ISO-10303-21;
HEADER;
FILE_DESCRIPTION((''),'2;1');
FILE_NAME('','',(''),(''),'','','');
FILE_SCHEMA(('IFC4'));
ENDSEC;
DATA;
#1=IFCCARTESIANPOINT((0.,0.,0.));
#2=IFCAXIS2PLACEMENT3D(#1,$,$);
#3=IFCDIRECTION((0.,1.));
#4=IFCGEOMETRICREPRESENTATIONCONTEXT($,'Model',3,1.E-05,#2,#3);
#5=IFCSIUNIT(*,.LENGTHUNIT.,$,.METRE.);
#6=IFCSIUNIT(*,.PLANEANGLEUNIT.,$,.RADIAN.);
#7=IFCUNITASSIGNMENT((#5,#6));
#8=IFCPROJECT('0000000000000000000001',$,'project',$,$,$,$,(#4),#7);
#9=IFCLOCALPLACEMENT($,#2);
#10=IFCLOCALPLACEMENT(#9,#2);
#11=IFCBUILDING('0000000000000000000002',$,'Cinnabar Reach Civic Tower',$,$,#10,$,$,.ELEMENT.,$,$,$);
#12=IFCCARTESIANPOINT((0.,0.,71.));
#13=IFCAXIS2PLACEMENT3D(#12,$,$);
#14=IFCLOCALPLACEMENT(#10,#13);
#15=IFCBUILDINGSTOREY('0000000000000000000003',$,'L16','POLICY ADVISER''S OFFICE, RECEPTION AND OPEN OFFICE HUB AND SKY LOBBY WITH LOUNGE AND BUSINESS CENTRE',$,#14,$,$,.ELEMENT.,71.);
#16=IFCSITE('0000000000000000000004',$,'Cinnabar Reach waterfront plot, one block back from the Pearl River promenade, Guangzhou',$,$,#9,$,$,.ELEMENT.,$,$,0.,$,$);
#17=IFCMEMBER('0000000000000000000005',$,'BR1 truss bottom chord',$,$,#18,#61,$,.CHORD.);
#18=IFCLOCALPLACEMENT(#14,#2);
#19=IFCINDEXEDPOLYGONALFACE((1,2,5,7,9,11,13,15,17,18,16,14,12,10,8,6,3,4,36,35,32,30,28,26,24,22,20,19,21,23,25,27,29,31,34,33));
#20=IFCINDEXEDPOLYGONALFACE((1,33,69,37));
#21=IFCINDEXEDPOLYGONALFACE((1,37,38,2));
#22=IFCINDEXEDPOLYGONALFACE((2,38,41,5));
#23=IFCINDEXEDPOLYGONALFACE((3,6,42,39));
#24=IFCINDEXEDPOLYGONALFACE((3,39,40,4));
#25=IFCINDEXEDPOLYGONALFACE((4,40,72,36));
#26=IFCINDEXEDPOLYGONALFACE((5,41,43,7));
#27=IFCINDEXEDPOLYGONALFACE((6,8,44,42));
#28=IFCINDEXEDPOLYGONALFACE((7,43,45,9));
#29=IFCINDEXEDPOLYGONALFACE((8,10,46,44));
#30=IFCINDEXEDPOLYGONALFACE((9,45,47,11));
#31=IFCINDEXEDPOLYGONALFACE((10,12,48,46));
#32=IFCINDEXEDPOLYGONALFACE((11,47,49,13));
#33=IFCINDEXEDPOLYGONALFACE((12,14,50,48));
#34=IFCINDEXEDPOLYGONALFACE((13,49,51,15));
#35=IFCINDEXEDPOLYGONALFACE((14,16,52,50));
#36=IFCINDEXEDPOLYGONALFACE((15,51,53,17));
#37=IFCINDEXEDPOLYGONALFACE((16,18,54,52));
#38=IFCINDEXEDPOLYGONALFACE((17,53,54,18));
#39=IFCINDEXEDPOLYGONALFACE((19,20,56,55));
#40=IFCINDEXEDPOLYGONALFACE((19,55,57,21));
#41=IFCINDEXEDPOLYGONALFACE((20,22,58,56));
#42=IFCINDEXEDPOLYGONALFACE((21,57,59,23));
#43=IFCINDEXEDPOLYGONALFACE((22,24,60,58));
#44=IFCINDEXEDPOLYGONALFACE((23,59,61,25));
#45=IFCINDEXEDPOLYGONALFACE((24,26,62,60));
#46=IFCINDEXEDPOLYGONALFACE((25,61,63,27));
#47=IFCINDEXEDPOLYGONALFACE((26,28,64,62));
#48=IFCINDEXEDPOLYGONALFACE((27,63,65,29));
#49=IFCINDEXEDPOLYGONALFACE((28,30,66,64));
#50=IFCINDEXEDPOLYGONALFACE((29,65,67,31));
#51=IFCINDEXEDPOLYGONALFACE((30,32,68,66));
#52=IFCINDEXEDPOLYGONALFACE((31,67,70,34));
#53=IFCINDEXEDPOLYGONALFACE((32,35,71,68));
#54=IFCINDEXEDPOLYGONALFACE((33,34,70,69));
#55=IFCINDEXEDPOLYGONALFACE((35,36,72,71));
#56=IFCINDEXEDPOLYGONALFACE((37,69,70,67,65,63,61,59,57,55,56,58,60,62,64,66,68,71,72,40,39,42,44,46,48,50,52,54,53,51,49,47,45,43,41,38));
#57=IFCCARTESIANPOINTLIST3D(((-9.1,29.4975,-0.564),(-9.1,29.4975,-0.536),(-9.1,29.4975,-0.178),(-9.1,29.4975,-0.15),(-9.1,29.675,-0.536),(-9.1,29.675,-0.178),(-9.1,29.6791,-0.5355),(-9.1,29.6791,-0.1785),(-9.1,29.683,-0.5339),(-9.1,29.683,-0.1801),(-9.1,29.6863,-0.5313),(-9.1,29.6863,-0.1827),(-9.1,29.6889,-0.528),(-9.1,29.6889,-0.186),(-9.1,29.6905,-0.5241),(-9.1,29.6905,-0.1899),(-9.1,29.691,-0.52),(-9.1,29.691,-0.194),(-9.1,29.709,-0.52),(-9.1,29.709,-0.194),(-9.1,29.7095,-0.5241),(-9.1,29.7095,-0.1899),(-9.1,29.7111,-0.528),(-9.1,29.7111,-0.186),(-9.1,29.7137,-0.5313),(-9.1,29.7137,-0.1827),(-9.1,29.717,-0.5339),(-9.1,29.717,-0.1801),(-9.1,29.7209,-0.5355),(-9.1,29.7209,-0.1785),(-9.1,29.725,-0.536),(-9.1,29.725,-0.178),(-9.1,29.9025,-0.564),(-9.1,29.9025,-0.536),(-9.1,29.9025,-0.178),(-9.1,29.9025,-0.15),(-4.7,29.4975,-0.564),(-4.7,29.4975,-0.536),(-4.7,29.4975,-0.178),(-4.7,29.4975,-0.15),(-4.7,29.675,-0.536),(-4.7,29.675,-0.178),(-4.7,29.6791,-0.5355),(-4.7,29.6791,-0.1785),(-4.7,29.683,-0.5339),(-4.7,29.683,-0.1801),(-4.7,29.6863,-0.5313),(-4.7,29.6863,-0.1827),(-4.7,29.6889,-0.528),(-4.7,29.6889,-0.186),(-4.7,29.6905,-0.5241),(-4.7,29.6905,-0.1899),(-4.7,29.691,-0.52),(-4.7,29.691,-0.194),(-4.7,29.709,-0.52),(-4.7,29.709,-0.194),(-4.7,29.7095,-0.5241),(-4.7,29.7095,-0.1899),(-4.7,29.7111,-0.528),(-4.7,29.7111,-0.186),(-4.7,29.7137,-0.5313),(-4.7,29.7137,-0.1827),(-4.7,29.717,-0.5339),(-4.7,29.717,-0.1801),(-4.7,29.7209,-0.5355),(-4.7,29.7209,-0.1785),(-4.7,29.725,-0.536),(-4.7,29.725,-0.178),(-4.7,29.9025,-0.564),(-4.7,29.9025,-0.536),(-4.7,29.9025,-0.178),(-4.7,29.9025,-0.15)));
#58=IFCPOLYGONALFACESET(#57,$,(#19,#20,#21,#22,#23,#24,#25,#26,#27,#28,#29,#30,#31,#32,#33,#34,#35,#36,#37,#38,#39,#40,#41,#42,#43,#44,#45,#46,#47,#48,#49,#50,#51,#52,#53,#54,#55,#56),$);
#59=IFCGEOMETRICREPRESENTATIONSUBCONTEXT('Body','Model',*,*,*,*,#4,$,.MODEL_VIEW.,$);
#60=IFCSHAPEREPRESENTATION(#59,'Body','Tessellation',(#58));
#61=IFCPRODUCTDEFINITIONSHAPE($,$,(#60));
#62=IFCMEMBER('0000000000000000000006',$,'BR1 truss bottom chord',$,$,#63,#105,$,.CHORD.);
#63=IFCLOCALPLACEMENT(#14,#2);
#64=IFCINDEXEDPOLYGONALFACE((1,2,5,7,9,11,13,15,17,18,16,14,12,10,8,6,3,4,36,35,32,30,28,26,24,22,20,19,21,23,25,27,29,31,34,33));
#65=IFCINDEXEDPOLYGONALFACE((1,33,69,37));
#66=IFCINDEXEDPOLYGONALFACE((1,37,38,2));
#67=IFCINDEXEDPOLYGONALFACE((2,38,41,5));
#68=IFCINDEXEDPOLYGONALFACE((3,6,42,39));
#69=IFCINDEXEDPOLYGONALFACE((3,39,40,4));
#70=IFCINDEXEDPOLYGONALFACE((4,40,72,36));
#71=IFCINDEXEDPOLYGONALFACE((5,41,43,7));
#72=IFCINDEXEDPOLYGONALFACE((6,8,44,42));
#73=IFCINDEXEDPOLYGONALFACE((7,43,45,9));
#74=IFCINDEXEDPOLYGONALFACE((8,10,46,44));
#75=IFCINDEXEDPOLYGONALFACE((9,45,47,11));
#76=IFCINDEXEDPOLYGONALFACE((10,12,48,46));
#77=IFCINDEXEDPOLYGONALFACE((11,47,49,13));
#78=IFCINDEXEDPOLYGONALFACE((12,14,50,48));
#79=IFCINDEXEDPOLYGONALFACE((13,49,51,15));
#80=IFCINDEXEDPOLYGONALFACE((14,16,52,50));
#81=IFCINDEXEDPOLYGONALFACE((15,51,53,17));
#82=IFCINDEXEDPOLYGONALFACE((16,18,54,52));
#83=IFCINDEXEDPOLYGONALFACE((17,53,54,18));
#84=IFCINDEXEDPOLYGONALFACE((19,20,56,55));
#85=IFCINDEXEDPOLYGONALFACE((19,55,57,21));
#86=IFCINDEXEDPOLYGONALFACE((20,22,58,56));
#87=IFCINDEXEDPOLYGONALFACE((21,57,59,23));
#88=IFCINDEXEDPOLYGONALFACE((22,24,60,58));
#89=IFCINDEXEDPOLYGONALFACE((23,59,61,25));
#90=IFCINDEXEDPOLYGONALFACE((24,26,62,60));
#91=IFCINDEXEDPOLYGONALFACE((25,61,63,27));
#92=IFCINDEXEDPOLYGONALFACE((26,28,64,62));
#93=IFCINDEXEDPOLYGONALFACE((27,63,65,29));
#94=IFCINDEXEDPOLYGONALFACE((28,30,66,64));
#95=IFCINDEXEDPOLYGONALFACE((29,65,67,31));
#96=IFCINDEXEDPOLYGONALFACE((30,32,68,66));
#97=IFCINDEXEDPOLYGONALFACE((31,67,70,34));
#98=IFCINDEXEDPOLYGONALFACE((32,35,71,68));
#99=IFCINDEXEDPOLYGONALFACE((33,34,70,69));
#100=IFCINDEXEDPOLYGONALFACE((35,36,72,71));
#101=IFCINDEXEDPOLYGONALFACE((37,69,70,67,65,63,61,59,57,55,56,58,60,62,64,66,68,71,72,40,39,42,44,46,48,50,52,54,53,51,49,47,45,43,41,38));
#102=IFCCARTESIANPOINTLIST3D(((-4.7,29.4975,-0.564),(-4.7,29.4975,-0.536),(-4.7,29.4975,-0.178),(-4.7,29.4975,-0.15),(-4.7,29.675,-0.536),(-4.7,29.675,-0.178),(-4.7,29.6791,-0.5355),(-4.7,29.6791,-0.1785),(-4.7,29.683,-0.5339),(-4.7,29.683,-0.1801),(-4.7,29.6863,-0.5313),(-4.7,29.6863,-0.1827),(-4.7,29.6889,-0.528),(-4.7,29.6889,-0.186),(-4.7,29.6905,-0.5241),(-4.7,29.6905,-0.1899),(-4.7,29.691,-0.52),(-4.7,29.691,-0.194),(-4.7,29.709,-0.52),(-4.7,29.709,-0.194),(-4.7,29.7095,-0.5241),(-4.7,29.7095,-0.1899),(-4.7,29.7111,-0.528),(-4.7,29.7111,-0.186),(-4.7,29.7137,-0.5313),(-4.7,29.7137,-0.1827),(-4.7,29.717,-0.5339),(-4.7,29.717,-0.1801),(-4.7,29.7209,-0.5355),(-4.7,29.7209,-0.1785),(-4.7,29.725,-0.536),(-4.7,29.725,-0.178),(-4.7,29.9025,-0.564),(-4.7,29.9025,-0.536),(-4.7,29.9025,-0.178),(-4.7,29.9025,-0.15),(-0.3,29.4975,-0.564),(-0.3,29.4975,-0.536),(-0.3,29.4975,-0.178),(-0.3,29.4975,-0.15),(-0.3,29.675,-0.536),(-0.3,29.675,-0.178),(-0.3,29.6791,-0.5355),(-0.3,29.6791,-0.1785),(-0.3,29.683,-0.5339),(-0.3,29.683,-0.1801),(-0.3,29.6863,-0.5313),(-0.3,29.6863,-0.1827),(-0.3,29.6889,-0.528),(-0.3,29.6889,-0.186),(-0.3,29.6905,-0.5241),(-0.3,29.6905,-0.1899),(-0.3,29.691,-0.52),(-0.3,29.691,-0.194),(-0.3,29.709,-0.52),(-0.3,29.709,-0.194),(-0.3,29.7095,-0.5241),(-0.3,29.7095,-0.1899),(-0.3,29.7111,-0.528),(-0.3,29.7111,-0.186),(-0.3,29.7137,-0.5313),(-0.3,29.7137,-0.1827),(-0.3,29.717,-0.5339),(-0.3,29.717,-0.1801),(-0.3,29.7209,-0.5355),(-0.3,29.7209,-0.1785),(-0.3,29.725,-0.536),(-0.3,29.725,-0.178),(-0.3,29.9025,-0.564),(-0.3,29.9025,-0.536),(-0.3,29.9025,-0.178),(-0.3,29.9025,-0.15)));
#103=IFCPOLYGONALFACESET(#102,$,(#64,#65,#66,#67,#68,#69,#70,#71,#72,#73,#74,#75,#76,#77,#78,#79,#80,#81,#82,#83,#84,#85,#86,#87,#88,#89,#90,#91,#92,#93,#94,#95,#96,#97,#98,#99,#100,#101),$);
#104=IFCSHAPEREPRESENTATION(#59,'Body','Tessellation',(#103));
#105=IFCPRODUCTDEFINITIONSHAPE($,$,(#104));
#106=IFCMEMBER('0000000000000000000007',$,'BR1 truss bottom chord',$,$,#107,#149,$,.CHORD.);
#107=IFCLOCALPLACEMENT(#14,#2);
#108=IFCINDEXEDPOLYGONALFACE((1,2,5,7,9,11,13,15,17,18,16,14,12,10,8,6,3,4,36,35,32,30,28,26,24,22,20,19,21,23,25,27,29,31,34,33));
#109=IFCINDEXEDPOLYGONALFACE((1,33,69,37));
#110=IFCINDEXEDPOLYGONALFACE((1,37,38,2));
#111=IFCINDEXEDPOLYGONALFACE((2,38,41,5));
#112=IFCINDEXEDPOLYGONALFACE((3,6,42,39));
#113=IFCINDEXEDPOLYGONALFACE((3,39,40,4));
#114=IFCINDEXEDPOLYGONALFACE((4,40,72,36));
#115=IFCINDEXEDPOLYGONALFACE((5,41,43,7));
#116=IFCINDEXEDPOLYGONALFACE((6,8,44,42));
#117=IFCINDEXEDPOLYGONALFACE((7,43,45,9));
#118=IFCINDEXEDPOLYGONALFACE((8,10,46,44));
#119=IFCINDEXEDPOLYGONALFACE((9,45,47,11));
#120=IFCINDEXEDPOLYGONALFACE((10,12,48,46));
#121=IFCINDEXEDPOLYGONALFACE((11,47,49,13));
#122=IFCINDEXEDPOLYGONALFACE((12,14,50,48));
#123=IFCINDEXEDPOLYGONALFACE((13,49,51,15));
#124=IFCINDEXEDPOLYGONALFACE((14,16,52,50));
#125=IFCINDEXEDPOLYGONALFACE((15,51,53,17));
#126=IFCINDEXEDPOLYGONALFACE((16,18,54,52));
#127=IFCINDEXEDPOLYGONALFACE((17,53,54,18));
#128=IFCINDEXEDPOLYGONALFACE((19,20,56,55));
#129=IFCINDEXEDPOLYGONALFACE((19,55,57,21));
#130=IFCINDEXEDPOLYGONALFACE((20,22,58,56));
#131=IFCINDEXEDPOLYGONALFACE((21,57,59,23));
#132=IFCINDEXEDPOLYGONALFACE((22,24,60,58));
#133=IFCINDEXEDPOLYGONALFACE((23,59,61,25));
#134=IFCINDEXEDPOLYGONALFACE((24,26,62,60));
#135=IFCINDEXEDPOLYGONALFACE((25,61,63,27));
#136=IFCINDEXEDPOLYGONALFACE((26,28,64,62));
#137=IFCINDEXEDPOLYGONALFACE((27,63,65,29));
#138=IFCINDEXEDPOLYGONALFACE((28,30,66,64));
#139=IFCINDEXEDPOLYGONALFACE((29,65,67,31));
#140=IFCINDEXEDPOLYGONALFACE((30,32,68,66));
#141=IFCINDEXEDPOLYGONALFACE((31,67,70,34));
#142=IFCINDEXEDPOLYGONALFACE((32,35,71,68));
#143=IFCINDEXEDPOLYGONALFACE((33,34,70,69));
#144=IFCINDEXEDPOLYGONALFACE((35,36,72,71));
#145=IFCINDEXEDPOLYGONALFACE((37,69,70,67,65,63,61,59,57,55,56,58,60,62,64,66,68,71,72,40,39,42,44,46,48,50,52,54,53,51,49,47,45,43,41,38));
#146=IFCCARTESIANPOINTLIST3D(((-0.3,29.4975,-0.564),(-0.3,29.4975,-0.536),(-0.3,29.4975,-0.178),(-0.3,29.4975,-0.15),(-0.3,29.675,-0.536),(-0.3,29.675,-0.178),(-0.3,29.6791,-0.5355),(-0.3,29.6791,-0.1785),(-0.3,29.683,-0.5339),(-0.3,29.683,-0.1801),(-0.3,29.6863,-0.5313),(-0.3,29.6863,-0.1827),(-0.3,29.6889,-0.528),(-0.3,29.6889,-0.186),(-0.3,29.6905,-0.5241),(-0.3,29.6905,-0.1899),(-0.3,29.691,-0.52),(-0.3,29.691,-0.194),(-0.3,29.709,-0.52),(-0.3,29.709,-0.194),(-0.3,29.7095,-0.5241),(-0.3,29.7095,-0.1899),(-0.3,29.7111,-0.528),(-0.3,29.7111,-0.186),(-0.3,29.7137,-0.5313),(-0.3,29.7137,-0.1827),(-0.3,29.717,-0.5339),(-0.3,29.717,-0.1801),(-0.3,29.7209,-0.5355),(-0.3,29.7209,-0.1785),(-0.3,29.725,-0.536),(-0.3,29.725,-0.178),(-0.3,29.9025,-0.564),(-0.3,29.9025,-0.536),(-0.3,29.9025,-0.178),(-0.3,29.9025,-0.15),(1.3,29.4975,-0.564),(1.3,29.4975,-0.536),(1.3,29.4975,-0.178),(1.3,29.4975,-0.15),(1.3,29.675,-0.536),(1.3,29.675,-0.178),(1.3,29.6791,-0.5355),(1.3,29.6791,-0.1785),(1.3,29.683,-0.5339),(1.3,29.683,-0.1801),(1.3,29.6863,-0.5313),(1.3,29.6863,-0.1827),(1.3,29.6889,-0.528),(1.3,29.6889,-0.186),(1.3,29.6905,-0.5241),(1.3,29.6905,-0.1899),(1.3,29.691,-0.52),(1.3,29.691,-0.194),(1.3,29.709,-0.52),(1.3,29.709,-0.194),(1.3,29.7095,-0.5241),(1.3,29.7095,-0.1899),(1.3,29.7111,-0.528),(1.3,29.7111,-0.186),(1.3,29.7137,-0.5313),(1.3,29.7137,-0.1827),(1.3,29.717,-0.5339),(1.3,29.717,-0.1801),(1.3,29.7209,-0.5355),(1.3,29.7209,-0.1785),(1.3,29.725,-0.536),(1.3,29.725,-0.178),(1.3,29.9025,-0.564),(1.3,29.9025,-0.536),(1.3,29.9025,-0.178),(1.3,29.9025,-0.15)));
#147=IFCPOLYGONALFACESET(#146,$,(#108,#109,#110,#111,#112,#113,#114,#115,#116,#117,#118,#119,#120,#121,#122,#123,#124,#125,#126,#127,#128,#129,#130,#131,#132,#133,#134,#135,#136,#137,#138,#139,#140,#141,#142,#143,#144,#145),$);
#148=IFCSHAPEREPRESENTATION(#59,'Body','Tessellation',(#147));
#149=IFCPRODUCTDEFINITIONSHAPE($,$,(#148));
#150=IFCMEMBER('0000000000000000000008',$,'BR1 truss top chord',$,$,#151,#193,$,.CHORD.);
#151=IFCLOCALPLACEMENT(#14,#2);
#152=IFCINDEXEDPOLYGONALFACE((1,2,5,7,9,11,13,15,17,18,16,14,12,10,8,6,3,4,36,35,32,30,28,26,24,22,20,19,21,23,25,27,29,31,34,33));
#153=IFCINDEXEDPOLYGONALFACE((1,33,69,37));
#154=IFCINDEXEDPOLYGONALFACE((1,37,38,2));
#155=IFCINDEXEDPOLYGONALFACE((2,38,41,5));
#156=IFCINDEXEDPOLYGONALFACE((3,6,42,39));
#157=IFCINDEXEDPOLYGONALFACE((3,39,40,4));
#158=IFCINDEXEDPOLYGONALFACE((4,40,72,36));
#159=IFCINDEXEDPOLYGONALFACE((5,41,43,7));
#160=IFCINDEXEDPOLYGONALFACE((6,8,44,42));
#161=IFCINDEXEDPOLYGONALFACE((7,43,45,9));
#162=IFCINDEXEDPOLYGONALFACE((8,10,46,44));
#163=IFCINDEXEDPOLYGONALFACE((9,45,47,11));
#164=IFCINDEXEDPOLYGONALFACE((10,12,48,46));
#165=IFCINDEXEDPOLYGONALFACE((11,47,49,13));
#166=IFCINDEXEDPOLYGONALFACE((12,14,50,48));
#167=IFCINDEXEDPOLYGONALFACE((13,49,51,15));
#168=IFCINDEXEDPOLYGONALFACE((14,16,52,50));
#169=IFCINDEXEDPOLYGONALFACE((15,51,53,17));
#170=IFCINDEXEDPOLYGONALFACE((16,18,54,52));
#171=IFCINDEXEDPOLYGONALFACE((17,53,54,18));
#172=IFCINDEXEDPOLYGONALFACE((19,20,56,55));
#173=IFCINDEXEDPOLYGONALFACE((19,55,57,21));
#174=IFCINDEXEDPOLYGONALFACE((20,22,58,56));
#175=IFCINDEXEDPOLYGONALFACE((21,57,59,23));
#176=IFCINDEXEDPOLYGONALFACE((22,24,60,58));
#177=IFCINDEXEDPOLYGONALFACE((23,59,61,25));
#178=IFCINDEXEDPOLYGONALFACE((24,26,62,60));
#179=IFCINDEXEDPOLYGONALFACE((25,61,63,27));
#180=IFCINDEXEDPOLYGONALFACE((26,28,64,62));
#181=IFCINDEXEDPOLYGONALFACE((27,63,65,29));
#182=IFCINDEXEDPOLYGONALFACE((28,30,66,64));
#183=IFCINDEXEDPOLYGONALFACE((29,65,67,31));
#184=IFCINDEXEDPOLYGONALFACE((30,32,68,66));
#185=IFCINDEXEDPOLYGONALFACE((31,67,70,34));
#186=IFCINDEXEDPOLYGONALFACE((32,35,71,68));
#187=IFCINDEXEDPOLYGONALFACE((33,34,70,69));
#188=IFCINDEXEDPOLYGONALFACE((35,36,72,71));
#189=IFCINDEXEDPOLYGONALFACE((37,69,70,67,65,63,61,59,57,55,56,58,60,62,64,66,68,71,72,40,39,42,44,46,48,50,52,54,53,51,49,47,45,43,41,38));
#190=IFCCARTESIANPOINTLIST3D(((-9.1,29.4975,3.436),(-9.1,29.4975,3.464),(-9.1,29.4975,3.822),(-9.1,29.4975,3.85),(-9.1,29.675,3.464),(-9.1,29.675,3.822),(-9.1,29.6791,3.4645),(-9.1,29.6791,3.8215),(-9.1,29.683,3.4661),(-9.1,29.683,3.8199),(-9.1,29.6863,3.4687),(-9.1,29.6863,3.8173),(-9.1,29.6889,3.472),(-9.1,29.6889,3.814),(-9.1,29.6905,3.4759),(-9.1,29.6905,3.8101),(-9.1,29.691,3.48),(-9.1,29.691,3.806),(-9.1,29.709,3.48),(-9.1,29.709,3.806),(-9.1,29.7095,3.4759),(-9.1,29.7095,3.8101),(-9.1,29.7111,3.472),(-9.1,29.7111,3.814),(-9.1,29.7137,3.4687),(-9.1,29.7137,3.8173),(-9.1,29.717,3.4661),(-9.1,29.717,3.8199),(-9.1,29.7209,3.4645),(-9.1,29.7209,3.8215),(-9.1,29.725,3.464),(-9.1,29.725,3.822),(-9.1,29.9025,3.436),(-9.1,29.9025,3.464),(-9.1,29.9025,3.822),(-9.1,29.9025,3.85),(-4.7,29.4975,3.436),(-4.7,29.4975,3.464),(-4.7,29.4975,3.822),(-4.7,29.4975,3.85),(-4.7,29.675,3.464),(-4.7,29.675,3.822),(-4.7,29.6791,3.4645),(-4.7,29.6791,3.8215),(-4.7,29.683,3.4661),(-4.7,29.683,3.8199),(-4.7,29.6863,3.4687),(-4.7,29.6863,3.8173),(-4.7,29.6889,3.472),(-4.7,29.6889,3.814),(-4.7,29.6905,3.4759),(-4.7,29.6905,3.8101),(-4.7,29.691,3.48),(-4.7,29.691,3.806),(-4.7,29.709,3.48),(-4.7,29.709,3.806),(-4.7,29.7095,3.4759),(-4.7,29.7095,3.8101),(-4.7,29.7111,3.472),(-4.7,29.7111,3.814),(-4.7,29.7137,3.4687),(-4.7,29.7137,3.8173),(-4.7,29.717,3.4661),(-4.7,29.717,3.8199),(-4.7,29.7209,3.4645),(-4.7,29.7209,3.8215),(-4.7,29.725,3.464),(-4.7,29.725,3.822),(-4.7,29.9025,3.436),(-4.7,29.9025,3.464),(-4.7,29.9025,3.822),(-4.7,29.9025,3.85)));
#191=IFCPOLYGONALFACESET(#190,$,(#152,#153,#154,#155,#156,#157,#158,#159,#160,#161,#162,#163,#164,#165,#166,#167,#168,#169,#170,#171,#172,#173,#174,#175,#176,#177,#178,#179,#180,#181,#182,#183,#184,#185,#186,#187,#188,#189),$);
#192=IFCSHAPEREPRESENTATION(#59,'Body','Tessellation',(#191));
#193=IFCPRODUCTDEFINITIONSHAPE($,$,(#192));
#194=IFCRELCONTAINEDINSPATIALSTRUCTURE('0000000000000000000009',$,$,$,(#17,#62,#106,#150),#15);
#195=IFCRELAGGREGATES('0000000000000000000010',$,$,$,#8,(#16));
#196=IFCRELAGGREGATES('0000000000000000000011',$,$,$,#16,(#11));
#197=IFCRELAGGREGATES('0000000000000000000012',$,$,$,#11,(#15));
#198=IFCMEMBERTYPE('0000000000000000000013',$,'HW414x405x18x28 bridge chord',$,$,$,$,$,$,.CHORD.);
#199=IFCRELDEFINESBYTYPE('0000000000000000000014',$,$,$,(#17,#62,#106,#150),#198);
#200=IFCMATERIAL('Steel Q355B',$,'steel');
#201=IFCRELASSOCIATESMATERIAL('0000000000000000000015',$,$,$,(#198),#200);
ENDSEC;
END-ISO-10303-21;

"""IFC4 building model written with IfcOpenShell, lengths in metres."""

from ifc_helpers import new_model, si_unit, direction, frame, origin, origin_2d, place, context, subcontext, project, spatial, i_section, extrude, material, material_profile, profile_set, type_object, element, save


model = new_model("IFC4")

# Units and contexts
model_context = context("Model", 3, precision=1e-05, world=origin(), true_north=direction((0.0, 1.0)))
body_context = subcontext(model_context, "Body", "Model", "MODEL_VIEW")
ifc_project = project(units=[si_unit("LENGTHUNIT", "METRE"), si_unit("PLANEANGLEUNIT", "RADIAN")], contexts=[model_context])

# Site, building, storey
site_placement = place(None, origin())
site = spatial("IfcSite", under=ifc_project, at=site_placement, Name="Cinnabar Reach waterfront plot, one block back from the Pearl River promenade, Guangzhou", CompositionType="ELEMENT", RefElevation=0.0)
building_placement = place(site_placement, origin())
building = spatial("IfcBuilding", under=site, at=building_placement, Name="Cinnabar Reach Civic Tower", CompositionType="ELEMENT")
storey_placement = place(building_placement, frame((0.0, 0.0, 71.0)))
storey = spatial("IfcBuildingStorey", under=building, at=storey_placement, Name="L16", Description="POLICY ADVISER'S OFFICE, RECEPTION AND OPEN OFFICE HUB AND SKY LOBBY WITH LOUNGE AND BUSINESS CENTRE", CompositionType="ELEMENT", Elevation=71.0)

# Shared definitions
ifc_material_1 = material(Name="Steel Q355B", Category="steel")

# Members
ifc_material_profile_1 = material_profile(ifc_material_1, i_section(OverallWidth=0.405, OverallDepth=0.414, WebThickness=0.018, FlangeThickness=0.028, FilletRadius=0.016, at=origin_2d()), Name="HW414x405x18x28")
ifc_profile_set_1 = profile_set([ifc_material_profile_1], Name="Steel Q355B")
member_type_1 = type_object("IfcMemberType", Name="HW414x405x18x28 bridge chord", PredefinedType="CHORD", material=ifc_profile_set_1)
for number, where, z_axis, x_axis, name in (
    (1, (-9.1, 29.7, -0.357), (1.0, 0.0, 0.0), (0.0, 1.0, 0.0), "BR1 truss bottom chord"),
    (2, (-4.7, 29.7, -0.357), (1.0, 0.0, 0.0), (0.0, 1.0, 0.0), "BR1 truss bottom chord"),
):
    element("IfcMember", number, at=place(storey_placement, frame(where, z_axis=z_axis, x_axis=x_axis)), inside=storey, type_object=member_type_1, Name=name, PredefinedType="CHORD", context=body_context, shape_type="SweptSolid", body=[
        extrude(i_section(OverallWidth=0.405, OverallDepth=0.414, WebThickness=0.018, FlangeThickness=0.028, FilletRadius=0.016, at=origin_2d()), origin(), (0.0, 0.0, 1.0), 4.4),
    ])
member_placement = place(storey_placement, frame((-0.3, 29.7, -0.357), z_axis=(1.0, 0.0, 0.0), x_axis=(0.0, 1.0, 0.0)))
element("IfcMember", 3, at=member_placement, inside=storey, type_object=member_type_1, Name="BR1 truss bottom chord", PredefinedType="CHORD", context=body_context, shape_type="SweptSolid", body=[
    extrude(i_section(OverallWidth=0.405, OverallDepth=0.414, WebThickness=0.018, FlangeThickness=0.028, FilletRadius=0.016, at=origin_2d()), origin(), (0.0, 0.0, 1.0), 1.6),
])
for number, where, z_axis, x_axis, name in (
    (4, (-9.1, 29.7, 3.643), (1.0, 0.0, 0.0), (0.0, 1.0, 0.0), "BR1 truss top chord"),
):
    element("IfcMember", number, at=place(storey_placement, frame(where, z_axis=z_axis, x_axis=x_axis)), inside=storey, type_object=member_type_1, Name=name, PredefinedType="CHORD", context=body_context, shape_type="SweptSolid", body=[
        extrude(i_section(OverallWidth=0.405, OverallDepth=0.414, WebThickness=0.018, FlangeThickness=0.028, FilletRadius=0.016, at=origin_2d()), origin(), (0.0, 0.0, 1.0), 4.4),
    ])

save(model, "model.ifc")
